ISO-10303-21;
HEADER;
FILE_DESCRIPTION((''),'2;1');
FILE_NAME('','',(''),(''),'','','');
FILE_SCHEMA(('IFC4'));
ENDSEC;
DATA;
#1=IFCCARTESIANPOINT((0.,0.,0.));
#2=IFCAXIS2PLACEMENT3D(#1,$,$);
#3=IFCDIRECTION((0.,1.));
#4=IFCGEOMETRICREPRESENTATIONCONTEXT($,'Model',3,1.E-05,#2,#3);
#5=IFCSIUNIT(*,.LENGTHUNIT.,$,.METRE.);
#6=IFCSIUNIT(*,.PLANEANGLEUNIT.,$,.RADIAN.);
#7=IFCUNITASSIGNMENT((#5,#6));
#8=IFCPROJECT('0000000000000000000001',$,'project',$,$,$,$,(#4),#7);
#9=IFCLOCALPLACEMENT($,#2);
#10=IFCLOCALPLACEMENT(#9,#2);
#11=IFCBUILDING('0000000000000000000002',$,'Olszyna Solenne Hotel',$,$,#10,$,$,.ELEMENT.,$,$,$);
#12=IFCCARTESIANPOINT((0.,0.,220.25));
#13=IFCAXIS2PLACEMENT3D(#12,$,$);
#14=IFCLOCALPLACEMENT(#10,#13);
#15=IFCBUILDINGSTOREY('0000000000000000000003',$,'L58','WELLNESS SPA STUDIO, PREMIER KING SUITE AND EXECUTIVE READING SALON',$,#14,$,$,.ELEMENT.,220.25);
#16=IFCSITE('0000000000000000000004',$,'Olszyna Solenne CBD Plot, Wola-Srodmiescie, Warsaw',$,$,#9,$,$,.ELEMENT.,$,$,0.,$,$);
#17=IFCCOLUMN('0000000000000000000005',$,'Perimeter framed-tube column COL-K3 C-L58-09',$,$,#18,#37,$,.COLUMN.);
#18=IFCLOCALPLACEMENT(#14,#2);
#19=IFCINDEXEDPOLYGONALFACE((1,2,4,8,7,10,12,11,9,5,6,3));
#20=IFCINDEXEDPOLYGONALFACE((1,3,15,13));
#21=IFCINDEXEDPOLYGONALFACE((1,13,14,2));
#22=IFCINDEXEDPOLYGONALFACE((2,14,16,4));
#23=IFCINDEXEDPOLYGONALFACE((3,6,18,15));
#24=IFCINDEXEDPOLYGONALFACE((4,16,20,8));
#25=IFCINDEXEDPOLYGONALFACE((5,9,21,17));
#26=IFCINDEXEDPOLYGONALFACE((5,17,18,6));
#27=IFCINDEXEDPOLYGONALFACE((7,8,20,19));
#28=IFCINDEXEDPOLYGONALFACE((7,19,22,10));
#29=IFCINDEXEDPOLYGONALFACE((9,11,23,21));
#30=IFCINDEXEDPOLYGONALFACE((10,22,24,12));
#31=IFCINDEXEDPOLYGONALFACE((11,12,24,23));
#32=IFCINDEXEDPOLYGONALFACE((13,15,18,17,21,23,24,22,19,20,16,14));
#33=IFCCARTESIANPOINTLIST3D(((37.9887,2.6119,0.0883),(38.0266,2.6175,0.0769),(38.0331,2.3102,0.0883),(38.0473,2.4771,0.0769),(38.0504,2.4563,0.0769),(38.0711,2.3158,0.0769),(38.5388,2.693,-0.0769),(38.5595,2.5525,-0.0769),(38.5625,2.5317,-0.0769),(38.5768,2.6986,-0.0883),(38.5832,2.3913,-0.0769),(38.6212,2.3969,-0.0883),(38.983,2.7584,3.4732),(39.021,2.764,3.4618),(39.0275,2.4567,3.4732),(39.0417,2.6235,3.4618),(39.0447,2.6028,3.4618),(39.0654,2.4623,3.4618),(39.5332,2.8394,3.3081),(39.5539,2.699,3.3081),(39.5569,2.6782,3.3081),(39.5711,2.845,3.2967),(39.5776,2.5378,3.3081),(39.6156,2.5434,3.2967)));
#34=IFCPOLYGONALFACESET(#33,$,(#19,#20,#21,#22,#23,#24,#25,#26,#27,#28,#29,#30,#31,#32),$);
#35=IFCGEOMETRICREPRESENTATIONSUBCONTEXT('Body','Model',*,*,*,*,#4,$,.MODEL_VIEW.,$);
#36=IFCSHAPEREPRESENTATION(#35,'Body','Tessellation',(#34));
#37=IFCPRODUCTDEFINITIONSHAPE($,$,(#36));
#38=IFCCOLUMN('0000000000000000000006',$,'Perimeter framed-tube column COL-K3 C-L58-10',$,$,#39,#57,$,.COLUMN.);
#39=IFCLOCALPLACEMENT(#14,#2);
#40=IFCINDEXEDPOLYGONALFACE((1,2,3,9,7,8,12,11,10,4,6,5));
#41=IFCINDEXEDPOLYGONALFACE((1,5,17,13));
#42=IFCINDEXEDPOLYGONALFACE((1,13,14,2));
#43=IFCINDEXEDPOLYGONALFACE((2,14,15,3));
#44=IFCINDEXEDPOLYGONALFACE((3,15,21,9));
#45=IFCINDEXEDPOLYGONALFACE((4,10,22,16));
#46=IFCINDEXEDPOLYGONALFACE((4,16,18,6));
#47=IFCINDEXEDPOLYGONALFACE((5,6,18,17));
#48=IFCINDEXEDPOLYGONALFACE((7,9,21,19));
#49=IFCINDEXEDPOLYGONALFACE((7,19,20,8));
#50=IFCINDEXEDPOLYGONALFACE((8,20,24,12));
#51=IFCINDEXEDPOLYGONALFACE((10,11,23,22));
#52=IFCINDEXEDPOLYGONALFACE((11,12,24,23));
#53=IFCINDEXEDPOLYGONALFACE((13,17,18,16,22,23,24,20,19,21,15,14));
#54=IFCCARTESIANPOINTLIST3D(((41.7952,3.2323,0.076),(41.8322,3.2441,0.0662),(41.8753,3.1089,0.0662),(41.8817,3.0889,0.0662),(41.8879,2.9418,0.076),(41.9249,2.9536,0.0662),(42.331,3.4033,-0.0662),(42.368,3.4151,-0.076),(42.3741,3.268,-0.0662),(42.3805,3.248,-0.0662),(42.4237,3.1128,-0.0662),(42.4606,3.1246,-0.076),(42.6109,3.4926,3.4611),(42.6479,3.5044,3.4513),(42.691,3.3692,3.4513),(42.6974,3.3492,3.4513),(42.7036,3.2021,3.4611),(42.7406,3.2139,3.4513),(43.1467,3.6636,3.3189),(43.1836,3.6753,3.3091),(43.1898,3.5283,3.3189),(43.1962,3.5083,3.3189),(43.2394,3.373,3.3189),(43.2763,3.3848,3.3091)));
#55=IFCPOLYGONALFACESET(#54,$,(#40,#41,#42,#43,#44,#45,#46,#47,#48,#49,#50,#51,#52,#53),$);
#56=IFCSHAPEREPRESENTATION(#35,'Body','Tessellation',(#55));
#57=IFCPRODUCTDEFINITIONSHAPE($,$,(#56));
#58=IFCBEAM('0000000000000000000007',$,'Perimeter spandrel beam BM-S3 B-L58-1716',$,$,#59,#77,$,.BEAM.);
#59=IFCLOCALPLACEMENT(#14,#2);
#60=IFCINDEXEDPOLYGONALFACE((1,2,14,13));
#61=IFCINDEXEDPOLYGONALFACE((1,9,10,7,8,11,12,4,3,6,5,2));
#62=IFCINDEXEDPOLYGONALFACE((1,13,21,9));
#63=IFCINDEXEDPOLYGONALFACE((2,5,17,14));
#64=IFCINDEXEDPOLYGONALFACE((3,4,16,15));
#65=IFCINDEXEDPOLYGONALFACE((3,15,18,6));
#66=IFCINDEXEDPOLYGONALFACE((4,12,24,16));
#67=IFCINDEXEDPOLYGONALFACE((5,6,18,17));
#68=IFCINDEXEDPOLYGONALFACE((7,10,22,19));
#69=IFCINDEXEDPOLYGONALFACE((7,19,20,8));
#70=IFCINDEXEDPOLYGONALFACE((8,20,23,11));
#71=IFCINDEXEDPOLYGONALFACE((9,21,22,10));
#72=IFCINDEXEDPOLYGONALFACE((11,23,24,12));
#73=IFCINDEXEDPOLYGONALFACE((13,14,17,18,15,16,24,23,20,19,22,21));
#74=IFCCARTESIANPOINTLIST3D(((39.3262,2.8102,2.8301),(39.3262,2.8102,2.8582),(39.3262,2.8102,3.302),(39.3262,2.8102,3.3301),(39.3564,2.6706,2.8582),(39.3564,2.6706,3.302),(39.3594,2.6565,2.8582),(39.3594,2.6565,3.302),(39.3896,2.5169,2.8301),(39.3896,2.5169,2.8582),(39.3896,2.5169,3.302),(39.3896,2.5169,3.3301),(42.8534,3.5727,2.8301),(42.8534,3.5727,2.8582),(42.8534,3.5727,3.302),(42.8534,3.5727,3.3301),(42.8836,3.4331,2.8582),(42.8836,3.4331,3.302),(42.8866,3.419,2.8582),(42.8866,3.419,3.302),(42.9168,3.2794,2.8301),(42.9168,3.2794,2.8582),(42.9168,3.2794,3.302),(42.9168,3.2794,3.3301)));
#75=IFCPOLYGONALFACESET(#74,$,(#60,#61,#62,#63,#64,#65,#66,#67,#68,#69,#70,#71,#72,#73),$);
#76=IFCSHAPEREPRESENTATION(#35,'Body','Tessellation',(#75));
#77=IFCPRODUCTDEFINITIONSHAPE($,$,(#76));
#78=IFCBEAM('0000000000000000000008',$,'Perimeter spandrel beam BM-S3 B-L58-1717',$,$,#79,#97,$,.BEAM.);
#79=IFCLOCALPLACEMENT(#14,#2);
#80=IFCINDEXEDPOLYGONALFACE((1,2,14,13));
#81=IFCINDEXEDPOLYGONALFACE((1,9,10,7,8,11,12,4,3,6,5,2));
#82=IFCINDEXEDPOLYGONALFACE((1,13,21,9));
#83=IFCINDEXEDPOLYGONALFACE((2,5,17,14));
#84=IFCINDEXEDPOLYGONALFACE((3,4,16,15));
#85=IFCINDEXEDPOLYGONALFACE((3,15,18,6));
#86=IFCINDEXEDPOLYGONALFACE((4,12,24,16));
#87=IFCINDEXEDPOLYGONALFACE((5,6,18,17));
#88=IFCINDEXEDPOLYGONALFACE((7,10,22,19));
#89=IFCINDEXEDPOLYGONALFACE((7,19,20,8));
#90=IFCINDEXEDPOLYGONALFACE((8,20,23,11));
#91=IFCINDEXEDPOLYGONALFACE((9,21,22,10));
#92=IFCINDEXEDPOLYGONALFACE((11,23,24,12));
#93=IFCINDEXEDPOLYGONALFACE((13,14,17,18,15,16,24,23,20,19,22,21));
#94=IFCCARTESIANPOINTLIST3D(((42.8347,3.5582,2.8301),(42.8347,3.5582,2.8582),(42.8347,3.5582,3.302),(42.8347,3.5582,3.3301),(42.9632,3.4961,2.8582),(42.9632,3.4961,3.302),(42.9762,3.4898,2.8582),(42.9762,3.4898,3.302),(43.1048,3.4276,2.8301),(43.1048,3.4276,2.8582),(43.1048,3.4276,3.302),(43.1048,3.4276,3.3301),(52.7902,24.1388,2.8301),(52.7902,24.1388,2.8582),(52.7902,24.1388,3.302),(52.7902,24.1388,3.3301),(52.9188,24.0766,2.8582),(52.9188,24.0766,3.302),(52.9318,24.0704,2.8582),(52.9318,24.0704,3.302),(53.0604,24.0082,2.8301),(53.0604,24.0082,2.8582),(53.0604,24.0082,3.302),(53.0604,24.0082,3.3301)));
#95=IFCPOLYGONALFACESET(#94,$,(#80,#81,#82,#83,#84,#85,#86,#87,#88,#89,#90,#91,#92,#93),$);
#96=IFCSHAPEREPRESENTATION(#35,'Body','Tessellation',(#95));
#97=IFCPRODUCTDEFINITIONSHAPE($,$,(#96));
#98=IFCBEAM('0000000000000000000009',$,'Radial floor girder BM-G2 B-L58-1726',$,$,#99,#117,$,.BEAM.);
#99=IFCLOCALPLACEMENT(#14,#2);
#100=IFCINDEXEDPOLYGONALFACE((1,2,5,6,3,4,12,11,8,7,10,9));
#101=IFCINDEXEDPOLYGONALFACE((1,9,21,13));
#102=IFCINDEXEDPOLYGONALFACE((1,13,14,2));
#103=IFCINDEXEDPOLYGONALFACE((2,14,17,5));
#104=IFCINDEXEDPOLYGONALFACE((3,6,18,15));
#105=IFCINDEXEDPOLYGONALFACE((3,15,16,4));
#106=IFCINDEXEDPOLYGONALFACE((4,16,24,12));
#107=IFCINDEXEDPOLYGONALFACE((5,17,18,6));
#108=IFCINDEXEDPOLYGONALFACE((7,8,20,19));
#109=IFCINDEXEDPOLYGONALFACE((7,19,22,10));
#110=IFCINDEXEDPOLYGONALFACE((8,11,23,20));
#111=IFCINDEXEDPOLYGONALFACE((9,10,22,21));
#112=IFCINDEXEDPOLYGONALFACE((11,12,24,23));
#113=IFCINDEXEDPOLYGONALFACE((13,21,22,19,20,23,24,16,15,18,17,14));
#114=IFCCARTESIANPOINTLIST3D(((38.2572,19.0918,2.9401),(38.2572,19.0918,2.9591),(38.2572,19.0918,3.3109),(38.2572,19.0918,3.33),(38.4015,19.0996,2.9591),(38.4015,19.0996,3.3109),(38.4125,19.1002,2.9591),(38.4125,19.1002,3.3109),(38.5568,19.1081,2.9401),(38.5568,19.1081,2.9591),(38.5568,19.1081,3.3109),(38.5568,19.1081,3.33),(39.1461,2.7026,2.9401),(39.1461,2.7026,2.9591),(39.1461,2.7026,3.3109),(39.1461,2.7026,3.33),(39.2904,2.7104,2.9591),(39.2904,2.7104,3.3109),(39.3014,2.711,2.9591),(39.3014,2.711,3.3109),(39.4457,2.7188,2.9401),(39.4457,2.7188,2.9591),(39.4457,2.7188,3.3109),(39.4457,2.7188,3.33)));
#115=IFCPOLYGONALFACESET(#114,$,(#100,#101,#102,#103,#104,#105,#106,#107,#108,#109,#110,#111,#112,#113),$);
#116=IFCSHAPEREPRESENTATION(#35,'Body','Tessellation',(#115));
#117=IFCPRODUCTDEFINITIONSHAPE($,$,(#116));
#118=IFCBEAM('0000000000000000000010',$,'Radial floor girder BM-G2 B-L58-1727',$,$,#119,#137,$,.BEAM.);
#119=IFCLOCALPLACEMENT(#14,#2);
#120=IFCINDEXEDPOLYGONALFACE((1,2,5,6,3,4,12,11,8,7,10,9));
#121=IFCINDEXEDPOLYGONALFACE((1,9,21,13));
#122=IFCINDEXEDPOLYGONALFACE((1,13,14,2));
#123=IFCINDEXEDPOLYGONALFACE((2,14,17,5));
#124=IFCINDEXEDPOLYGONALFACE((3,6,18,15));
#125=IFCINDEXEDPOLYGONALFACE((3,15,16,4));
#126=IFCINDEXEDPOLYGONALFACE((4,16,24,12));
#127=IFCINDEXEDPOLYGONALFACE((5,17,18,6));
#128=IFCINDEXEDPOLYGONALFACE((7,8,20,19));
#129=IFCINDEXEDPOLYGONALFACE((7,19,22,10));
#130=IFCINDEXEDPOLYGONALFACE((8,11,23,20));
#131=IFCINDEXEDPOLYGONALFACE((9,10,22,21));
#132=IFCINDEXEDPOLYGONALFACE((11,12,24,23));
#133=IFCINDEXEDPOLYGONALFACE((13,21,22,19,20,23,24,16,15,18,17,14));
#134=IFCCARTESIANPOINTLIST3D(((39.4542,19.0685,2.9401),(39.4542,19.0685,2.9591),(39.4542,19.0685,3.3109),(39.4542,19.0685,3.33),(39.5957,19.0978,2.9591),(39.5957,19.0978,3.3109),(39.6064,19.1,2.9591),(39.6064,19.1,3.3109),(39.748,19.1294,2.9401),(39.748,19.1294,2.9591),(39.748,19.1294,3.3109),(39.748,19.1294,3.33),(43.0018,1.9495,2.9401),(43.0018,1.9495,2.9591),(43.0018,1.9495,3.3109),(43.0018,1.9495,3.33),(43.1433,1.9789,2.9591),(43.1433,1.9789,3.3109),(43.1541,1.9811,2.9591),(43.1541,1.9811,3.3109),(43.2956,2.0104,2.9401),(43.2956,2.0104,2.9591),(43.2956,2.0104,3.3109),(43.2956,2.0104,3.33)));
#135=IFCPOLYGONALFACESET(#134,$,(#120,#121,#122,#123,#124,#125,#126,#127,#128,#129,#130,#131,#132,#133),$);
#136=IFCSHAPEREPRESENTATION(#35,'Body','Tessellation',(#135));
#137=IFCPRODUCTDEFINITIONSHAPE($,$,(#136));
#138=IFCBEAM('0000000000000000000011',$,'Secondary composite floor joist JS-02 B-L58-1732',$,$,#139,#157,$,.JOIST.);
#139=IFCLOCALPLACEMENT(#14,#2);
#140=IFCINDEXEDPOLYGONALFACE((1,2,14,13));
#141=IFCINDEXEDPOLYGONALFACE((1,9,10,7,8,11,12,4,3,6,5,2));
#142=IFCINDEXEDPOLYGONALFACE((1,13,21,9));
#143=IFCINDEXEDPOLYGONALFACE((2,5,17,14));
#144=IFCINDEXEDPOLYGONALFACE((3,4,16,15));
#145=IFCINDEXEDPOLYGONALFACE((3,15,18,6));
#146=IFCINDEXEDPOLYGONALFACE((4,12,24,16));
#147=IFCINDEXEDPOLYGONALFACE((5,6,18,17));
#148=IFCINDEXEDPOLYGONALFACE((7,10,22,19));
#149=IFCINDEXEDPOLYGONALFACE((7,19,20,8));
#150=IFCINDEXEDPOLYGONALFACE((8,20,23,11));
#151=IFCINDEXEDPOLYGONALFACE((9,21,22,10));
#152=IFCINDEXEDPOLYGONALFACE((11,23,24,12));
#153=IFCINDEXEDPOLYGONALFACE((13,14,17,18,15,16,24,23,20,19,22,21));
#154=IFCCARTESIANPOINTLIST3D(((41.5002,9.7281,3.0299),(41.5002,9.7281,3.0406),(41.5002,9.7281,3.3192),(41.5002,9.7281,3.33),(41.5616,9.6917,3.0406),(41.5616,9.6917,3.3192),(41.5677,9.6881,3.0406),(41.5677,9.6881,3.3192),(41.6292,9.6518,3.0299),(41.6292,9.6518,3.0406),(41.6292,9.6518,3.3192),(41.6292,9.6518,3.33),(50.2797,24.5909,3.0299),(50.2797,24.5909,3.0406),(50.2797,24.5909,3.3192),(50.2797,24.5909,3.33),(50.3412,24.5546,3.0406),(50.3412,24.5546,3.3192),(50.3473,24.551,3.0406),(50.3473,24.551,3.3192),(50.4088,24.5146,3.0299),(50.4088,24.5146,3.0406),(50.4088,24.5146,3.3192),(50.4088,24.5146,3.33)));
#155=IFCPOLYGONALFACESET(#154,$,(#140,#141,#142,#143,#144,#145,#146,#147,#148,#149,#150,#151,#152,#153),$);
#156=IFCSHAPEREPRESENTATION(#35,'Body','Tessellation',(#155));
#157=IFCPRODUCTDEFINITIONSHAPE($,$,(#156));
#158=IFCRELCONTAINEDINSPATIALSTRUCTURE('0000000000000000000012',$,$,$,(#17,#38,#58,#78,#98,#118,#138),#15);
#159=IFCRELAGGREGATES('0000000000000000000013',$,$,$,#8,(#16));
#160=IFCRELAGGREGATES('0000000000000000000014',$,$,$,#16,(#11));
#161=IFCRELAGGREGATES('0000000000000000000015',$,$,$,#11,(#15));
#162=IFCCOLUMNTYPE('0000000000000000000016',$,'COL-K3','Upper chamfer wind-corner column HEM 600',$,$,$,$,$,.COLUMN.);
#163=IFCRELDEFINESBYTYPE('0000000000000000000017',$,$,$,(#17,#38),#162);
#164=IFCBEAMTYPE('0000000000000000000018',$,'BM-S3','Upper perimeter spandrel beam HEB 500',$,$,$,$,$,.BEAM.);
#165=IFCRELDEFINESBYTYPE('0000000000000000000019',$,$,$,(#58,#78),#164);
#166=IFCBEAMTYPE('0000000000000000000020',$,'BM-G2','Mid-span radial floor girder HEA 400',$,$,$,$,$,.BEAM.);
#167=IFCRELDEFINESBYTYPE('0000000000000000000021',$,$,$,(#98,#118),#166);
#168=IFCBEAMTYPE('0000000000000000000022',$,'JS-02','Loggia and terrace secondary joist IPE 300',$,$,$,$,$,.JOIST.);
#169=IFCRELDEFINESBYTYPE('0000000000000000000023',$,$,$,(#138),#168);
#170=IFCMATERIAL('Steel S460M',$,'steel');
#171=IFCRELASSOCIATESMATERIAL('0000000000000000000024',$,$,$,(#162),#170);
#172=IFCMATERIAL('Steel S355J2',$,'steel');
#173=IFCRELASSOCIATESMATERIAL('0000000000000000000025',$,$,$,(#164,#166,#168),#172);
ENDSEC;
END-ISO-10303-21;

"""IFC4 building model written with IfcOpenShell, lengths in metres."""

from ifc_helpers import new_model, si_unit, direction, frame, origin, origin_2d, place, context, subcontext, project, spatial, i_section, extrude, source, transform, mapped, material, material_profile, profile_set, type_object, element, save


model = new_model("IFC4")

# Units and contexts
model_context = context("Model", 3, precision=1e-05, world=origin(), true_north=direction((0.0, 1.0)))
body_context = subcontext(model_context, "Body", "Model", "MODEL_VIEW")
ifc_project = project(units=[si_unit("LENGTHUNIT", "METRE"), si_unit("PLANEANGLEUNIT", "RADIAN")], contexts=[model_context])

# Site, building, storey
site_placement = place(None, origin())
site = spatial("IfcSite", under=ifc_project, at=site_placement, Name="Olszyna Solenne CBD Plot, Wola-Srodmiescie, Warsaw", CompositionType="ELEMENT", RefElevation=0.0)
building_placement = place(site_placement, origin())
building = spatial("IfcBuilding", under=site, at=building_placement, Name="Olszyna Solenne Hotel", CompositionType="ELEMENT")
storey_placement = place(building_placement, frame((0.0, 0.0, 220.25)))
storey = spatial("IfcBuildingStorey", under=building, at=storey_placement, Name="L58", Description="WELLNESS SPA STUDIO, PREMIER KING SUITE AND EXECUTIVE READING SALON", CompositionType="ELEMENT", Elevation=220.25)

# Columns
ifc_material_1 = material(Name="Steel S460M", Category="steel")
ifc_material_profile_1 = material_profile(ifc_material_1, i_section(OverallWidth=0.3049, OverallDepth=0.6201, WebThickness=0.021, FlangeThickness=0.04, at=origin_2d()), Name="HEM 600", Category="load-bearing")
ifc_profile_set_1 = profile_set([ifc_material_profile_1], Name="Steel S460M")
column_type = type_object("IfcColumnType", Name="COL-K3", Description="Upper chamfer wind-corner column HEM 600", PredefinedType="COLUMN", material=ifc_profile_set_1)
shared_shape_1 = source(origin(), body_context, "Body", "SweptSolid", [
    extrude(i_section(OverallWidth=0.3049, OverallDepth=0.6201, WebThickness=0.021, FlangeThickness=0.04, at=origin_2d()), origin(), (0.0, 0.0, 1.0), 3.531),
])
column_1_placement = place(storey_placement, frame((38.3049, 2.5044, 0.0), z_axis=(0.281609, 0.041484, 0.958632), x_axis=(-0.145739, 0.989323, 0.0)))
element("IfcColumn", 1, at=column_1_placement, inside=storey, type_object=column_type, Name="Perimeter framed-tube column COL-K3 C-L58-09", PredefinedType="COLUMN", context=body_context, shape_type="MappedRepresentation", body=[
    mapped(shared_shape_1, transform((0.0, 0.0, 0.0), x_axis=(1.0, 0.0, 0.0), y_axis=(0.0, 1.0, 0.0), z_axis=(0.0, 0.0, 1.0), scale=1.0)),
])
shared_shape_2 = source(origin(), body_context, "Body", "SweptSolid", [
    extrude(i_section(OverallWidth=0.3049, OverallDepth=0.6201, WebThickness=0.021, FlangeThickness=0.04, at=origin_2d()), origin(), (0.0, 0.0, 1.0), 3.4917),
])
column_2_placement = place(storey_placement, frame((42.1279, 3.1785, 0.0), z_axis=(0.23361, 0.074537, 0.969469), x_axis=(-0.303969, 0.952682, 0.0)))
element("IfcColumn", 2, at=column_2_placement, inside=storey, type_object=column_type, Name="Perimeter framed-tube column COL-K3 C-L58-10", PredefinedType="COLUMN", context=body_context, shape_type="MappedRepresentation", body=[
    mapped(shared_shape_2, transform((0.0, 0.0, 0.0), x_axis=(1.0, 0.0, 0.0), y_axis=(0.0, 1.0, 0.0), z_axis=(0.0, 0.0, 1.0), scale=1.0)),
])

# Beams
ifc_material_2 = material(Name="Steel S355J2", Category="steel")
ifc_material_profile_2 = material_profile(ifc_material_2, i_section(OverallWidth=0.3, OverallDepth=0.5, WebThickness=0.0144, FlangeThickness=0.0281, at=origin_2d()), Name="HEB 500", Category="load-bearing")
ifc_profile_set_2 = profile_set([ifc_material_profile_2], Name="Steel S355J2")
beam_type_1 = type_object("IfcBeamType", Name="BM-S3", Description="Upper perimeter spandrel beam HEB 500", PredefinedType="BEAM", material=ifc_profile_set_2)
shared_shape_3 = source(origin(), body_context, "Body", "SweptSolid", [
    extrude(i_section(OverallWidth=0.3, OverallDepth=0.5, WebThickness=0.0144, FlangeThickness=0.0281, at=origin_2d()), origin(), (0.0, 0.0, 1.0), 3.6086),
])
beam_1_placement = place(storey_placement, frame((39.3579, 2.6636, 3.0801), z_axis=(0.977424, 0.211289, 0.0), x_axis=(-0.211289, 0.977424, 0.0)))
element("IfcBeam", 3, at=beam_1_placement, inside=storey, type_object=beam_type_1, Name="Perimeter spandrel beam BM-S3 B-L58-1716", PredefinedType="BEAM", context=body_context, shape_type="MappedRepresentation", body=[
    mapped(shared_shape_3, transform((0.0, 0.0, 0.0), x_axis=(1.0, 0.0, 0.0), y_axis=(0.0, 1.0, 0.0), z_axis=(0.0, 0.0, 1.0), scale=1.0)),
])
shared_shape_4 = source(origin(), body_context, "Body", "SweptSolid", [
    extrude(i_section(OverallWidth=0.3, OverallDepth=0.5, WebThickness=0.0144, FlangeThickness=0.0281, at=origin_2d()), origin(), (0.0, 0.0, 1.0), 22.8621),
])
beam_2_placement = place(storey_placement, frame((42.9697, 3.4929, 3.0801), z_axis=(0.435463, 0.900207, 0.0), x_axis=(-0.900207, 0.435463, 0.0)))
element("IfcBeam", 4, at=beam_2_placement, inside=storey, type_object=beam_type_1, Name="Perimeter spandrel beam BM-S3 B-L58-1717", PredefinedType="BEAM", context=body_context, shape_type="MappedRepresentation", body=[
    mapped(shared_shape_4, transform((0.0, 0.0, 0.0), x_axis=(1.0, 0.0, 0.0), y_axis=(0.0, 1.0, 0.0), z_axis=(0.0, 0.0, 1.0), scale=1.0)),
])
ifc_material_profile_3 = material_profile(ifc_material_2, i_section(OverallWidth=0.3, OverallDepth=0.3899, WebThickness=0.011, FlangeThickness=0.019, at=origin_2d()), Name="HEA 400", Category="load-bearing")
ifc_profile_set_3 = profile_set([ifc_material_profile_3], Name="Steel S355J2")
beam_type_2 = type_object("IfcBeamType", Name="BM-G2", Description="Mid-span radial floor girder HEA 400", PredefinedType="BEAM", material=ifc_profile_set_3)
shared_shape_5 = source(origin(), body_context, "Body", "SweptSolid", [
    extrude(i_section(OverallWidth=0.3, OverallDepth=0.3899, WebThickness=0.011, FlangeThickness=0.019, at=origin_2d()), origin(), (0.0, 0.0, 1.0), 16.4133),
])
beam_3_placement = place(storey_placement, frame((39.2959, 2.7107, 3.135), z_axis=(-0.054158, 0.998532, 0.0), x_axis=(-0.998532, -0.054158, 0.0)))
element("IfcBeam", 5, at=beam_3_placement, inside=storey, type_object=beam_type_2, Name="Radial floor girder BM-G2 B-L58-1726", PredefinedType="BEAM", context=body_context, shape_type="MappedRepresentation", body=[
    mapped(shared_shape_5, transform((0.0, 0.0, 0.0), x_axis=(1.0, 0.0, 0.0), y_axis=(0.0, 1.0, 0.0), z_axis=(0.0, 0.0, 1.0), scale=1.0)),
])
shared_shape_6 = source(origin(), body_context, "Body", "SweptSolid", [
    extrude(i_section(OverallWidth=0.3, OverallDepth=0.3899, WebThickness=0.011, FlangeThickness=0.019, at=origin_2d()), origin(), (0.0, 0.0, 1.0), 17.4827),
])
beam_4_placement = place(storey_placement, frame((43.1487, 1.98, 3.135), z_axis=(-0.202922, 0.979195, 0.0), x_axis=(-0.979195, -0.202922, 0.0)))
element("IfcBeam", 6, at=beam_4_placement, inside=storey, type_object=beam_type_2, Name="Radial floor girder BM-G2 B-L58-1727", PredefinedType="BEAM", context=body_context, shape_type="MappedRepresentation", body=[
    mapped(shared_shape_6, transform((0.0, 0.0, 0.0), x_axis=(1.0, 0.0, 0.0), y_axis=(0.0, 1.0, 0.0), z_axis=(0.0, 0.0, 1.0), scale=1.0)),
])
ifc_material_profile_4 = material_profile(ifc_material_2, i_section(OverallWidth=0.1499, OverallDepth=0.3, WebThickness=0.0071, FlangeThickness=0.0107, at=origin_2d()), Name="IPE 300", Category="load-bearing")
ifc_profile_set_4 = profile_set([ifc_material_profile_4], Name="Steel S355J2")
beam_type_3 = type_object("IfcBeamType", Name="JS-02", Description="Loggia and terrace secondary joist IPE 300", PredefinedType="JOIST", material=ifc_profile_set_4)
shared_shape_7 = source(origin(), body_context, "Body", "SweptSolid", [
    extrude(i_section(OverallWidth=0.1499, OverallDepth=0.3, WebThickness=0.0071, FlangeThickness=0.0107, at=origin_2d()), origin(), (0.0, 0.0, 1.0), 17.2622),
])
beam_5_placement = place(storey_placement, frame((41.5647, 9.6899, 3.1799), z_axis=(0.5086, 0.861003, 0.0), x_axis=(-0.861003, 0.5086, 0.0)))
element("IfcBeam", 7, at=beam_5_placement, inside=storey, type_object=beam_type_3, Name="Secondary composite floor joist JS-02 B-L58-1732", PredefinedType="JOIST", context=body_context, shape_type="MappedRepresentation", body=[
    mapped(shared_shape_7, transform((0.0, 0.0, 0.0), x_axis=(1.0, 0.0, 0.0), y_axis=(0.0, 1.0, 0.0), z_axis=(0.0, 0.0, 1.0), scale=1.0)),
])

save(model, "model.ifc")
